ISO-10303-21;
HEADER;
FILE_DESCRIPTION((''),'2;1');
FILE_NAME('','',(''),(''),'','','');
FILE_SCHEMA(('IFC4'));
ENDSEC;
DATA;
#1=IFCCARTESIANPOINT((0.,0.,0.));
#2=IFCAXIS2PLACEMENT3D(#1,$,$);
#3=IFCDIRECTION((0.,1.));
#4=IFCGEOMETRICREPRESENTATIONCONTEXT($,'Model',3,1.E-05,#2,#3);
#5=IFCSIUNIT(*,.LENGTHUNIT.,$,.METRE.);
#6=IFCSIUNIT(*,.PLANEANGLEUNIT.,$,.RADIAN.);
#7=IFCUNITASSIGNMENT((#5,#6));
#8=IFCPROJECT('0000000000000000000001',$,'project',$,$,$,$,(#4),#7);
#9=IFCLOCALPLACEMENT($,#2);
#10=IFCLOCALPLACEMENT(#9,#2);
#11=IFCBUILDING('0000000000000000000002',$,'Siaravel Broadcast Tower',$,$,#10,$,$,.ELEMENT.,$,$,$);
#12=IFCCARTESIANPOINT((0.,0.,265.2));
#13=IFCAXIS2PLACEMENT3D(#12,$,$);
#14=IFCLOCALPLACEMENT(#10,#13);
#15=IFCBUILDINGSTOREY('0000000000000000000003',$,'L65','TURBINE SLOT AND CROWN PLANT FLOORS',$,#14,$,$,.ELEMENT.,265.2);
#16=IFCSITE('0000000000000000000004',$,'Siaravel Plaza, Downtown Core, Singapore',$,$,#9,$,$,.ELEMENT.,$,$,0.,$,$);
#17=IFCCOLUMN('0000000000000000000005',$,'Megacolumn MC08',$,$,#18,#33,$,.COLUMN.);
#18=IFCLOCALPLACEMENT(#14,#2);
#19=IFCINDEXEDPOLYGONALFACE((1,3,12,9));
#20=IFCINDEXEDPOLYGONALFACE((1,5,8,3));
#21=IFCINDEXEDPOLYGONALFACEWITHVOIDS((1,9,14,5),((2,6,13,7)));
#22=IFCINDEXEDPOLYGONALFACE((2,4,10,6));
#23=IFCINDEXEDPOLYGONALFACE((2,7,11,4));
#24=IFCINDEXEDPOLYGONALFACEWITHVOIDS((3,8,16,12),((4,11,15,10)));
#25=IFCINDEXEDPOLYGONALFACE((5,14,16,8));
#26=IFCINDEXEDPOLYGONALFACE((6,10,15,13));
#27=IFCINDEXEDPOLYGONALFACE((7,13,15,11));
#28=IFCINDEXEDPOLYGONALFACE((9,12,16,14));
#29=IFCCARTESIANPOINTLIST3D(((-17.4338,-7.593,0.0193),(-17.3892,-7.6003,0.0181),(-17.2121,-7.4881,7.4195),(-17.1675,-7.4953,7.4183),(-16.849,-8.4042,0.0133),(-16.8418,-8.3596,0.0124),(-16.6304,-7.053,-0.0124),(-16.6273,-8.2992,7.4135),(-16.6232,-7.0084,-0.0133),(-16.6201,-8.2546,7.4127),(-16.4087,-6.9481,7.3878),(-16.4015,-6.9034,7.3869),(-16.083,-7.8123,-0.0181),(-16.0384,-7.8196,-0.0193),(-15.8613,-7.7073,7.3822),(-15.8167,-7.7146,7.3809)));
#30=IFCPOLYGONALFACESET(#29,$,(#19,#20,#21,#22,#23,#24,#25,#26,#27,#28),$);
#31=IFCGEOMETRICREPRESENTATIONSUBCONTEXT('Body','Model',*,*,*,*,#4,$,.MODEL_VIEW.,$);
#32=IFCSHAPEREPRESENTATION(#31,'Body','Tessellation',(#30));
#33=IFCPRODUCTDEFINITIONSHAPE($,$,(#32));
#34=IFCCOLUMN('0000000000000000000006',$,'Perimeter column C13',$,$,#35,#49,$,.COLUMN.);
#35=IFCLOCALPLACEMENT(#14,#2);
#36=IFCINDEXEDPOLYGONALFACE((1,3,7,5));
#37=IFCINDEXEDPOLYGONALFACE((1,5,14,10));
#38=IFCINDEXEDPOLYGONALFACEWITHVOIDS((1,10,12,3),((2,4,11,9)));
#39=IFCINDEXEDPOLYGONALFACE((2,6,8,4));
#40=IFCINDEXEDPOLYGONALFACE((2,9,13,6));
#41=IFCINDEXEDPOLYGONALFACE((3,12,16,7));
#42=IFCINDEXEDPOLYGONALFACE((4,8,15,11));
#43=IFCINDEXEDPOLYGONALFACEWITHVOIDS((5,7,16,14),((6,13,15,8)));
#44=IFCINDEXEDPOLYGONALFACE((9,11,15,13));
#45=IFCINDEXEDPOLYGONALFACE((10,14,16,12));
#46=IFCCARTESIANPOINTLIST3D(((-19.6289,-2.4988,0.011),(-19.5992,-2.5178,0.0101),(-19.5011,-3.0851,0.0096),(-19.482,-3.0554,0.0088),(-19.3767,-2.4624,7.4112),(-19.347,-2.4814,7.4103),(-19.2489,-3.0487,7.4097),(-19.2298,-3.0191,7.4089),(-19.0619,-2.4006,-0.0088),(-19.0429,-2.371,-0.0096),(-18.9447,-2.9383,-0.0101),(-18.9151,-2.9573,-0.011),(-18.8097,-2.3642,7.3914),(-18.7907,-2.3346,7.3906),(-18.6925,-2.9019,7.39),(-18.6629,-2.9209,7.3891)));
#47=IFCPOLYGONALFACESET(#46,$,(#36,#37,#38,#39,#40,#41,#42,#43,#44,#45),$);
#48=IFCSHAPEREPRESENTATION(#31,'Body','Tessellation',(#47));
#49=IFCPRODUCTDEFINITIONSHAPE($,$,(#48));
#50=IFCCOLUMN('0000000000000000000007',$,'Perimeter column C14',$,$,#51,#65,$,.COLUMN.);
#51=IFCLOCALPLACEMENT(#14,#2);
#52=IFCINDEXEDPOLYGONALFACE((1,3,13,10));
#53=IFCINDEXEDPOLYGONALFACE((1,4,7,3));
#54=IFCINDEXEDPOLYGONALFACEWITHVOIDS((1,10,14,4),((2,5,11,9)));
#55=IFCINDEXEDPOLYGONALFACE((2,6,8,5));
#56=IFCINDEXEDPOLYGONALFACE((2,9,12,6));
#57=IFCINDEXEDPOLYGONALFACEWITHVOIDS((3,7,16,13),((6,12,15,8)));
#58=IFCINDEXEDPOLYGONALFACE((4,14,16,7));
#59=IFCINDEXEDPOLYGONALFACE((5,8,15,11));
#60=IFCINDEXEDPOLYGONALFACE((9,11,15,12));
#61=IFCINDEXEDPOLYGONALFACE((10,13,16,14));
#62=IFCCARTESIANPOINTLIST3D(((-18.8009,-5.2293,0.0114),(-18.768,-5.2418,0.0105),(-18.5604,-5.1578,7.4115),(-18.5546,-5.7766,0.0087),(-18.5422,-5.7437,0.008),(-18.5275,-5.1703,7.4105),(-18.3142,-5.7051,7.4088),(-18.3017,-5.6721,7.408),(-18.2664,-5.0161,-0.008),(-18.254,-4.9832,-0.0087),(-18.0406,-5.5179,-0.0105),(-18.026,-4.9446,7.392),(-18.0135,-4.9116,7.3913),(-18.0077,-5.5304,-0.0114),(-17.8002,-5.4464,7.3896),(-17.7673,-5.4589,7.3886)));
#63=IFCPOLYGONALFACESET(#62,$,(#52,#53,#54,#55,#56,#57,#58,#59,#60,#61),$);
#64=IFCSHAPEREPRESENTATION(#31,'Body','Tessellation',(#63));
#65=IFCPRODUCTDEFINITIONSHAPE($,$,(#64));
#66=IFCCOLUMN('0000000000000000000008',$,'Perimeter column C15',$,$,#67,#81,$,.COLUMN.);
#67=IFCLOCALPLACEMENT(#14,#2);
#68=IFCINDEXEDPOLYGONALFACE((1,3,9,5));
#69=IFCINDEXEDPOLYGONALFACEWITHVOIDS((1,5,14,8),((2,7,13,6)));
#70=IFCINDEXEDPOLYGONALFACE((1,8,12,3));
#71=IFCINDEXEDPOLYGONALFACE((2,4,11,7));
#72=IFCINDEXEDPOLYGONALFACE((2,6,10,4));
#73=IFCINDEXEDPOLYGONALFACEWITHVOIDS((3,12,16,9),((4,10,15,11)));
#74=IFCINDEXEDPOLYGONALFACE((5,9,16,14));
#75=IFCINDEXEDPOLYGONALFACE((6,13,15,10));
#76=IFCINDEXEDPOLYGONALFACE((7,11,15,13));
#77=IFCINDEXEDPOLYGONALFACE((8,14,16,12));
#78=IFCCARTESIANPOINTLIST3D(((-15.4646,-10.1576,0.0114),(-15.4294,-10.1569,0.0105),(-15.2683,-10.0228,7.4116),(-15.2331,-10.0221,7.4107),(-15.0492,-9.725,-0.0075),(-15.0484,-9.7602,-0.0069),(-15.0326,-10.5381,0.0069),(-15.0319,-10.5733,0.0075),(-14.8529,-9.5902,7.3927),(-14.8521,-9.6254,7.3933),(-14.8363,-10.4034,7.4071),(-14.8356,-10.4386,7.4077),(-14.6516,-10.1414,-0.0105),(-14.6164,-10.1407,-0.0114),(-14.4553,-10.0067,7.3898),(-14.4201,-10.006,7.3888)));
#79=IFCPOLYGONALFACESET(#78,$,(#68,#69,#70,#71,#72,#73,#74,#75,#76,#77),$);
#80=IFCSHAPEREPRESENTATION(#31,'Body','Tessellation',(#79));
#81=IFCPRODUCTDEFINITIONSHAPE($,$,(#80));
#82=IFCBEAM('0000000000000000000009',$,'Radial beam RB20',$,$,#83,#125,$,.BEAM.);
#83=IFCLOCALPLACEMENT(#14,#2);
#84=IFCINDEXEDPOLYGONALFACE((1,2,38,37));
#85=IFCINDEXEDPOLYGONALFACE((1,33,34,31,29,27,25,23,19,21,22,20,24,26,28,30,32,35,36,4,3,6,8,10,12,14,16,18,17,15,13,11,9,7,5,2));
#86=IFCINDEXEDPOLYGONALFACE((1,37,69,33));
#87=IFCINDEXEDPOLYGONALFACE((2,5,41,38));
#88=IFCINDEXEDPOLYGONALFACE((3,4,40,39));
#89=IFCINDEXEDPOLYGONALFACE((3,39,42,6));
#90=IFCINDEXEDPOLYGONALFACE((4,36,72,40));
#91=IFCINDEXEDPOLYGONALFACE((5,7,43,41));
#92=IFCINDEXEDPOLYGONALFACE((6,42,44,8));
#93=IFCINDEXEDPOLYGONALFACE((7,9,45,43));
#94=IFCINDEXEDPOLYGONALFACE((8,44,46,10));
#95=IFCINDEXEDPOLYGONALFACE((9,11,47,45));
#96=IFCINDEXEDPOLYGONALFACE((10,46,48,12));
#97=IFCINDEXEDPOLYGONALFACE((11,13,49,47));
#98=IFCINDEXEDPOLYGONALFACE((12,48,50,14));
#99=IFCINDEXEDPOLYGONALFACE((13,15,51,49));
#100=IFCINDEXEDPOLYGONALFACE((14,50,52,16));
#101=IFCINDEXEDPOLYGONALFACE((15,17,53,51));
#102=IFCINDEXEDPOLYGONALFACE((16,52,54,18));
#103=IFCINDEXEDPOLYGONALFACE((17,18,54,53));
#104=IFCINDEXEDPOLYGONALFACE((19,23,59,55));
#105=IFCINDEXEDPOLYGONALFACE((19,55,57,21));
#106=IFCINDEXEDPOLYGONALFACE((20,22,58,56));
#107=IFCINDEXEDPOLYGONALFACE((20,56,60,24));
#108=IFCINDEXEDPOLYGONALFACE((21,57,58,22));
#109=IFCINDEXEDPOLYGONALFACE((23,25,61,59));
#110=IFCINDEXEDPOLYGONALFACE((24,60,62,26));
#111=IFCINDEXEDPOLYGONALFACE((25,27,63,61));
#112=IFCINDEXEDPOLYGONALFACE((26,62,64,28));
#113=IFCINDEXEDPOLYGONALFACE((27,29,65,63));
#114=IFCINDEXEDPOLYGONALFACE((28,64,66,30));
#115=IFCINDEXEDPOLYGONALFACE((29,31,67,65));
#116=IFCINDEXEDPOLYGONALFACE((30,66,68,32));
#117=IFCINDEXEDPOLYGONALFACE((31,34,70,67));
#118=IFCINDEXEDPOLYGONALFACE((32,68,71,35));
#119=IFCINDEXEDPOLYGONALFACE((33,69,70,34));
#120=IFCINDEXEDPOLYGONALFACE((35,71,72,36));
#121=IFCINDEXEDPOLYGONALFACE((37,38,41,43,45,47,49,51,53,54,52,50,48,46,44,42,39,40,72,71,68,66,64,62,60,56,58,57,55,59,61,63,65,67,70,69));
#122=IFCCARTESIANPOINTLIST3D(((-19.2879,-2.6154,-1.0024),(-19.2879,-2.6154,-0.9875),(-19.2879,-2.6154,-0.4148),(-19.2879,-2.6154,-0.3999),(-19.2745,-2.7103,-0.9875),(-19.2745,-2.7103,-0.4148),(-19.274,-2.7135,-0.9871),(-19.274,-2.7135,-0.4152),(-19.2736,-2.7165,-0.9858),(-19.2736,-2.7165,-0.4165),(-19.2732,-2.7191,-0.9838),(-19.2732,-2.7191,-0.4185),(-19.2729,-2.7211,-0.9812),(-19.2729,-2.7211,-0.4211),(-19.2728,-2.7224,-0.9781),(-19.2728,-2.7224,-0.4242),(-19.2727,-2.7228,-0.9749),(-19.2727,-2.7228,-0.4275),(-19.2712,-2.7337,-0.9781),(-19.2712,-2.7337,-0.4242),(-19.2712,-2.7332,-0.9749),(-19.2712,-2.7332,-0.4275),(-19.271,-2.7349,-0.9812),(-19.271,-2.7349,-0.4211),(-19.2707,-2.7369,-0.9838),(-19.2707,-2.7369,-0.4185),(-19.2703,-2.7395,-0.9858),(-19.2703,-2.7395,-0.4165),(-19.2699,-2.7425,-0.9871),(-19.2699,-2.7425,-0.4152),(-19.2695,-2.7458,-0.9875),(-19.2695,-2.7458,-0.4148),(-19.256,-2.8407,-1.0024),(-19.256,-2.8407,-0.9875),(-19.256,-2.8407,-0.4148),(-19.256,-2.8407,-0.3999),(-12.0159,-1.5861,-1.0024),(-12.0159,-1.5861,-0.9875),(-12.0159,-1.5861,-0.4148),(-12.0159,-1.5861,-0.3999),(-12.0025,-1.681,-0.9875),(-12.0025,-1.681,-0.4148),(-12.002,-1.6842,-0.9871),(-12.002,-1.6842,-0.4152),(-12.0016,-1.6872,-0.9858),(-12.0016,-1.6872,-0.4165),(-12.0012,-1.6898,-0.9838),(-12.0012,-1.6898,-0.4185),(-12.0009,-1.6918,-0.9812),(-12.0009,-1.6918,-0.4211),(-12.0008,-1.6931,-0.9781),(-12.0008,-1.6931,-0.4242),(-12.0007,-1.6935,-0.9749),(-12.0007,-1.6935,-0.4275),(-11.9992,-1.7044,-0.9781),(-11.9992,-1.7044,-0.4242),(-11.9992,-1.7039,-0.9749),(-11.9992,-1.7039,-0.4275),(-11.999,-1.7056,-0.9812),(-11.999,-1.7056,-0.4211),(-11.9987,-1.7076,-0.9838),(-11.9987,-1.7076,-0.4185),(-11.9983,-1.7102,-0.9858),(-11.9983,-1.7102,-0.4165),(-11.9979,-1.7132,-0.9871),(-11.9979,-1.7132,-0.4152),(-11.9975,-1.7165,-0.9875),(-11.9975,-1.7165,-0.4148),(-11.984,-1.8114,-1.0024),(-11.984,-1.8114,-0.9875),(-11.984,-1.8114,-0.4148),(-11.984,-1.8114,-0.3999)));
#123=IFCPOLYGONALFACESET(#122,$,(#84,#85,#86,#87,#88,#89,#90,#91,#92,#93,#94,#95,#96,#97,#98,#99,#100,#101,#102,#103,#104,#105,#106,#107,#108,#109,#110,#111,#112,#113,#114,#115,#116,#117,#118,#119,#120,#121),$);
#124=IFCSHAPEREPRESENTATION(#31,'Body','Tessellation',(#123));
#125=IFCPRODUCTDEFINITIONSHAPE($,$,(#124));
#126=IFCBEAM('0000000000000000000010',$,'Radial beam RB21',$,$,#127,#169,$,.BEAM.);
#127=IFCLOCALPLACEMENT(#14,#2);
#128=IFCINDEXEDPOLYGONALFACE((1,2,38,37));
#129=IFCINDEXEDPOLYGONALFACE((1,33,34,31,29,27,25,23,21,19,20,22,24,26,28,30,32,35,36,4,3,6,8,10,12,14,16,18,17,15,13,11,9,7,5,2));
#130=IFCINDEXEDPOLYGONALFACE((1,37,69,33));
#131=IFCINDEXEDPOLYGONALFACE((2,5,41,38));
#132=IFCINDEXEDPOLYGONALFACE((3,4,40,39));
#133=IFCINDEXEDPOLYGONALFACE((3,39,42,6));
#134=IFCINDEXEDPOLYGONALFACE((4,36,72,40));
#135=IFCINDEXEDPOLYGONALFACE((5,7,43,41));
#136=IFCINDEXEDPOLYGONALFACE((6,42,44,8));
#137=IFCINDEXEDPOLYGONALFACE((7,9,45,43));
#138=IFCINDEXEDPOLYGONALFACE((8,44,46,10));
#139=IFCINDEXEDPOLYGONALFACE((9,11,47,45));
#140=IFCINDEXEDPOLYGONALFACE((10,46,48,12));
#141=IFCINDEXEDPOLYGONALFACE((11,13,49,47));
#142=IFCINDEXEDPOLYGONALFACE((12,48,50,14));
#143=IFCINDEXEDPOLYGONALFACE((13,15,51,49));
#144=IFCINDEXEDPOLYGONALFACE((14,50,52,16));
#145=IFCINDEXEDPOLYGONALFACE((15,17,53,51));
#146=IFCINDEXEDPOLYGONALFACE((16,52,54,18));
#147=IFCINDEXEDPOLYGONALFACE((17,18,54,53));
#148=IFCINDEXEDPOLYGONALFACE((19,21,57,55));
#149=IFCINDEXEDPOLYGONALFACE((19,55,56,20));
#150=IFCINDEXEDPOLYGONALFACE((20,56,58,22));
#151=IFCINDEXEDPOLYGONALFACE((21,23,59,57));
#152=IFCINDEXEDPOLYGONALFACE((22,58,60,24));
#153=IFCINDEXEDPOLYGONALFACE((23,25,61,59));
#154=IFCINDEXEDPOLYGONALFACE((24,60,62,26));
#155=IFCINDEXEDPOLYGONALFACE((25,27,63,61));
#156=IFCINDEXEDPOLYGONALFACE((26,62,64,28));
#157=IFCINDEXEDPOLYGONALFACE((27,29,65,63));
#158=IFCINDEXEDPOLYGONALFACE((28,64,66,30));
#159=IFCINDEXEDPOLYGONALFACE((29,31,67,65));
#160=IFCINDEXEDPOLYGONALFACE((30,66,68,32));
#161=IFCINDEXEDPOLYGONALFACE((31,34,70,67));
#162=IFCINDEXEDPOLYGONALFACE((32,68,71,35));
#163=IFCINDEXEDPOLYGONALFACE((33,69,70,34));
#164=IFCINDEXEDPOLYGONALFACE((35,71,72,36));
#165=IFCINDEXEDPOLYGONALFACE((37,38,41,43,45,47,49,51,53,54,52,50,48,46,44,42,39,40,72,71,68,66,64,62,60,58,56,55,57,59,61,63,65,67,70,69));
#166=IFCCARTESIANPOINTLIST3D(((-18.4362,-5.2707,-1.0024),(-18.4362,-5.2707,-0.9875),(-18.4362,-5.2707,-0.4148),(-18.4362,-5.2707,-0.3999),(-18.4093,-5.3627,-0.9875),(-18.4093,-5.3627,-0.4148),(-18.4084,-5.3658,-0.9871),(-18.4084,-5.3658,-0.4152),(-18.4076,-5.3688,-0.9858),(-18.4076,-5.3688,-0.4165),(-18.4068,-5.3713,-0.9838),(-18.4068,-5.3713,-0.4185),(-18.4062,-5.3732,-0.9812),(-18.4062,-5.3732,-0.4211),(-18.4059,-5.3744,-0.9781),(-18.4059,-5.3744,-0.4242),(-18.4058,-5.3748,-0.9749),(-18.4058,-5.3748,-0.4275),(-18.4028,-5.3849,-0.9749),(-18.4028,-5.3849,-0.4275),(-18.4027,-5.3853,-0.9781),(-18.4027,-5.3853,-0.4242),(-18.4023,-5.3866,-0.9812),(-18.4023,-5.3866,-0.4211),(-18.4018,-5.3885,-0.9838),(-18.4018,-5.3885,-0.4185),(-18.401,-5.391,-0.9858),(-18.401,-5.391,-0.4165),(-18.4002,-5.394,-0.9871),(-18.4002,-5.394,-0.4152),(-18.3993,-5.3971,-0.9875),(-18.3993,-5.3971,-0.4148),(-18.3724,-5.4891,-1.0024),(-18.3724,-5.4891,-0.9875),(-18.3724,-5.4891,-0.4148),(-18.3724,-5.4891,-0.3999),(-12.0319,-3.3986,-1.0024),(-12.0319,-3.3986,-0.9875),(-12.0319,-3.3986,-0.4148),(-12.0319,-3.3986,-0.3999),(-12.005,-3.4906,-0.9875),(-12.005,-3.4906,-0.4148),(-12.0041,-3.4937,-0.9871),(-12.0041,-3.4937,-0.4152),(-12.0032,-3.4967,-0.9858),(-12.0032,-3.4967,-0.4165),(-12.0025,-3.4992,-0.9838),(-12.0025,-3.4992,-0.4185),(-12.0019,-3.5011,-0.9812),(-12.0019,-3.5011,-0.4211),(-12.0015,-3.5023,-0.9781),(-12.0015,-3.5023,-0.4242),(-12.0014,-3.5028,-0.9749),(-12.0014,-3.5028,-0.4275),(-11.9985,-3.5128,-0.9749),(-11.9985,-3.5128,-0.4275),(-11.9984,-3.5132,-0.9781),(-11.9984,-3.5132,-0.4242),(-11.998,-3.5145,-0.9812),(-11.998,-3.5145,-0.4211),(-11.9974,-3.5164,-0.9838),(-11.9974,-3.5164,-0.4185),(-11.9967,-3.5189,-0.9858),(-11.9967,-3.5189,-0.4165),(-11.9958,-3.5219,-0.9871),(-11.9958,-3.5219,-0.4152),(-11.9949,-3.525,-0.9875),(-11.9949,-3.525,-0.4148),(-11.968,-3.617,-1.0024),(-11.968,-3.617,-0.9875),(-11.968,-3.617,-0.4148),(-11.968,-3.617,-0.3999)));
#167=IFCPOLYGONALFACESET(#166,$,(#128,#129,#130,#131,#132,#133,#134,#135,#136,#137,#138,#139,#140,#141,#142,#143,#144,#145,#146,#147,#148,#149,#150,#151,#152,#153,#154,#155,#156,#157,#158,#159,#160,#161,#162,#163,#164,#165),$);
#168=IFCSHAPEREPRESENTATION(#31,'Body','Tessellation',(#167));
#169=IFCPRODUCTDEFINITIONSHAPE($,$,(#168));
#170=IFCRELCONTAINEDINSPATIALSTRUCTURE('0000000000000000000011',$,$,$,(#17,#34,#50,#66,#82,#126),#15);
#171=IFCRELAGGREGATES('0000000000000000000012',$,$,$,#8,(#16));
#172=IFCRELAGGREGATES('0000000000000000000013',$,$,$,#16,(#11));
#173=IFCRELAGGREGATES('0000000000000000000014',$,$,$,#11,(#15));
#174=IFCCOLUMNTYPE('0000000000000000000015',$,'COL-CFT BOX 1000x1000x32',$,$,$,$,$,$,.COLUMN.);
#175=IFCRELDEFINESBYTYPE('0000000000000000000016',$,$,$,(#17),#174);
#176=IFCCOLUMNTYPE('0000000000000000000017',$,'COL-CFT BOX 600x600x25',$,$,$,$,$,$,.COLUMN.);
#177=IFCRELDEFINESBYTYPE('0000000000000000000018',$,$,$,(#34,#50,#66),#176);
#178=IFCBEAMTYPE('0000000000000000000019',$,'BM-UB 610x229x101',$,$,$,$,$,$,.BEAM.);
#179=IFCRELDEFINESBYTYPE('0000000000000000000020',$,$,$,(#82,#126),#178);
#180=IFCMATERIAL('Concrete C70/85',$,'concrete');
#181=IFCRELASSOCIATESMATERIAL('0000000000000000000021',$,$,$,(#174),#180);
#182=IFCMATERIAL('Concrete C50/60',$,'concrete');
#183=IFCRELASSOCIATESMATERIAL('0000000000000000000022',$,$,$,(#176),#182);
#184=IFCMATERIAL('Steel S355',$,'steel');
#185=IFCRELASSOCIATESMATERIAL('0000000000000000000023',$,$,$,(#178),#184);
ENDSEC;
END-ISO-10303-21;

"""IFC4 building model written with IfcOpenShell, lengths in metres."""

from ifc_helpers import new_model, si_unit, direction, frame, origin, origin_2d, place, context, subcontext, project, spatial, hollow_rectangle, i_section, extrude, material, material_profile, profile_set, type_object, element, save


model = new_model("IFC4")

# Units and contexts
model_context = context("Model", 3, precision=1e-05, world=origin(), true_north=direction((0.0, 1.0)))
body_context = subcontext(model_context, "Body", "Model", "MODEL_VIEW")
ifc_project = project(units=[si_unit("LENGTHUNIT", "METRE"), si_unit("PLANEANGLEUNIT", "RADIAN")], contexts=[model_context])

# Site, building, storey
site_placement = place(None, origin())
site = spatial("IfcSite", under=ifc_project, at=site_placement, Name="Siaravel Plaza, Downtown Core, Singapore", CompositionType="ELEMENT", RefElevation=0.0)
building_placement = place(site_placement, origin())
building = spatial("IfcBuilding", under=site, at=building_placement, Name="Siaravel Broadcast Tower", CompositionType="ELEMENT")
storey_placement = place(building_placement, frame((0.0, 0.0, 265.2)))
storey = spatial("IfcBuildingStorey", under=building, at=storey_placement, Name="L65", Description="TURBINE SLOT AND CROWN PLANT FLOORS", CompositionType="ELEMENT", Elevation=265.2)

# Columns
ifc_material_1 = material(Name="Concrete C70/85", Category="concrete")
ifc_material_profile_1 = material_profile(ifc_material_1, hollow_rectangle(XDim=1.0, YDim=1.0, WallThickness=0.032, at=origin_2d()))
ifc_profile_set_1 = profile_set([ifc_material_profile_1], Name="Concrete C70/85")
column_type_1 = type_object("IfcColumnType", Name="COL-CFT BOX 1000x1000x32", PredefinedType="COLUMN", material=ifc_profile_set_1)
column_1_placement = place(storey_placement, frame((-16.7361, -7.7063, 0.0), z_axis=(0.02994, 0.014178, 0.999451), x_axis=(-0.584793, 0.81116, 0.006011)))
element("IfcColumn", 1, at=column_1_placement, inside=storey, type_object=column_type_1, Name="Megacolumn MC08", PredefinedType="COLUMN", context=body_context, shape_type="SweptSolid", body=[
    extrude(hollow_rectangle(XDim=1.0, YDim=1.0, WallThickness=0.032, at=origin_2d()), origin(), (0.0, 0.0, 1.0), 7.4043),
])
ifc_material_2 = material(Name="Concrete C50/60", Category="concrete")
ifc_material_profile_2 = material_profile(ifc_material_2, hollow_rectangle(XDim=0.6001, YDim=0.6001, WallThickness=0.0249, at=origin_2d()))
ifc_profile_set_2 = profile_set([ifc_material_profile_2], Name="Concrete C50/60")
column_type_2 = type_object("IfcColumnType", Name="COL-CFT BOX 600x600x25", PredefinedType="COLUMN", material=ifc_profile_set_2)
column_2_placement = place(storey_placement, frame((-19.272, -2.728, 0.0), z_axis=(0.03406, 0.004913, 0.999408), x_axis=(-0.212967, 0.977056, 0.002455)))
element("IfcColumn", 2, at=column_2_placement, inside=storey, type_object=column_type_2, Name="Perimeter column C13", PredefinedType="COLUMN", context=body_context, shape_type="SweptSolid", body=[
    extrude(hollow_rectangle(XDim=0.6001, YDim=0.6001, WallThickness=0.0249, at=origin_2d()), origin(), (0.0, 0.0, 1.0), 7.4045),
])
column_3_placement = place(storey_placement, frame((-18.4043, -5.3799, 0.0), z_axis=(0.032478, 0.009661, 0.999426), x_axis=(-0.410307, 0.911936, 0.004518)))
element("IfcColumn", 3, at=column_3_placement, inside=storey, type_object=column_type_2, Name="Perimeter column C14", PredefinedType="COLUMN", context=body_context, shape_type="SweptSolid", body=[
    extrude(hollow_rectangle(XDim=0.6001, YDim=0.6001, WallThickness=0.0249, at=origin_2d()), origin(), (0.0, 0.0, 1.0), 7.4043),
])
column_4_placement = place(storey_placement, frame((-15.0405, -10.1492, 0.0), z_axis=(0.026511, 0.018202, 0.999483), x_axis=(-0.721084, 0.692817, 0.00651)))
element("IfcColumn", 4, at=column_4_placement, inside=storey, type_object=column_type_2, Name="Perimeter column C15", PredefinedType="COLUMN", context=body_context, shape_type="SweptSolid", body=[
    extrude(hollow_rectangle(XDim=0.6001, YDim=0.6001, WallThickness=0.0249, at=origin_2d()), origin(), (0.0, 0.0, 1.0), 7.4041),
])

# Beams
ifc_material_3 = material(Name="Steel S355", Category="steel")
ifc_material_profile_3 = material_profile(ifc_material_3, i_section(OverallWidth=0.2275, OverallDepth=0.6025, WebThickness=0.0105, FlangeThickness=0.0149, FilletRadius=0.0127, at=origin_2d()))
ifc_profile_set_3 = profile_set([ifc_material_profile_3], Name="Steel S355")
beam_type_1 = type_object("IfcBeamType", Name="BM-UB 610x229x101", PredefinedType="BEAM", material=ifc_profile_set_3)
beam_1_placement = place(storey_placement, frame((-19.272, -2.728, -0.7012), z_axis=(0.990131, 0.140146, 0.0), x_axis=(-0.140146, 0.990131, 0.0)))
element("IfcBeam", 5, at=beam_1_placement, inside=storey, type_object=beam_type_1, Name="Radial beam RB20", PredefinedType="BEAM", context=body_context, shape_type="SweptSolid", body=[
    extrude(i_section(OverallWidth=0.2275, OverallDepth=0.6025, WebThickness=0.0105, FlangeThickness=0.0149, FilletRadius=0.0127, at=origin_2d()), origin(), (0.0, 0.0, 1.0), 7.3445),
])
beam_2_placement = place(storey_placement, frame((-18.4043, -5.3799, -0.7012), z_axis=(0.959833, 0.280573, 0.0), x_axis=(-0.280573, 0.959833, 0.0)))
element("IfcBeam", 6, at=beam_2_placement, inside=storey, type_object=beam_type_1, Name="Radial beam RB21", PredefinedType="BEAM", context=body_context, shape_type="SweptSolid", body=[
    extrude(i_section(OverallWidth=0.2275, OverallDepth=0.6025, WebThickness=0.0105, FlangeThickness=0.0149, FilletRadius=0.0127, at=origin_2d()), origin(), (0.0, 0.0, 1.0), 6.6724),
])

save(model, "model.ifc")
